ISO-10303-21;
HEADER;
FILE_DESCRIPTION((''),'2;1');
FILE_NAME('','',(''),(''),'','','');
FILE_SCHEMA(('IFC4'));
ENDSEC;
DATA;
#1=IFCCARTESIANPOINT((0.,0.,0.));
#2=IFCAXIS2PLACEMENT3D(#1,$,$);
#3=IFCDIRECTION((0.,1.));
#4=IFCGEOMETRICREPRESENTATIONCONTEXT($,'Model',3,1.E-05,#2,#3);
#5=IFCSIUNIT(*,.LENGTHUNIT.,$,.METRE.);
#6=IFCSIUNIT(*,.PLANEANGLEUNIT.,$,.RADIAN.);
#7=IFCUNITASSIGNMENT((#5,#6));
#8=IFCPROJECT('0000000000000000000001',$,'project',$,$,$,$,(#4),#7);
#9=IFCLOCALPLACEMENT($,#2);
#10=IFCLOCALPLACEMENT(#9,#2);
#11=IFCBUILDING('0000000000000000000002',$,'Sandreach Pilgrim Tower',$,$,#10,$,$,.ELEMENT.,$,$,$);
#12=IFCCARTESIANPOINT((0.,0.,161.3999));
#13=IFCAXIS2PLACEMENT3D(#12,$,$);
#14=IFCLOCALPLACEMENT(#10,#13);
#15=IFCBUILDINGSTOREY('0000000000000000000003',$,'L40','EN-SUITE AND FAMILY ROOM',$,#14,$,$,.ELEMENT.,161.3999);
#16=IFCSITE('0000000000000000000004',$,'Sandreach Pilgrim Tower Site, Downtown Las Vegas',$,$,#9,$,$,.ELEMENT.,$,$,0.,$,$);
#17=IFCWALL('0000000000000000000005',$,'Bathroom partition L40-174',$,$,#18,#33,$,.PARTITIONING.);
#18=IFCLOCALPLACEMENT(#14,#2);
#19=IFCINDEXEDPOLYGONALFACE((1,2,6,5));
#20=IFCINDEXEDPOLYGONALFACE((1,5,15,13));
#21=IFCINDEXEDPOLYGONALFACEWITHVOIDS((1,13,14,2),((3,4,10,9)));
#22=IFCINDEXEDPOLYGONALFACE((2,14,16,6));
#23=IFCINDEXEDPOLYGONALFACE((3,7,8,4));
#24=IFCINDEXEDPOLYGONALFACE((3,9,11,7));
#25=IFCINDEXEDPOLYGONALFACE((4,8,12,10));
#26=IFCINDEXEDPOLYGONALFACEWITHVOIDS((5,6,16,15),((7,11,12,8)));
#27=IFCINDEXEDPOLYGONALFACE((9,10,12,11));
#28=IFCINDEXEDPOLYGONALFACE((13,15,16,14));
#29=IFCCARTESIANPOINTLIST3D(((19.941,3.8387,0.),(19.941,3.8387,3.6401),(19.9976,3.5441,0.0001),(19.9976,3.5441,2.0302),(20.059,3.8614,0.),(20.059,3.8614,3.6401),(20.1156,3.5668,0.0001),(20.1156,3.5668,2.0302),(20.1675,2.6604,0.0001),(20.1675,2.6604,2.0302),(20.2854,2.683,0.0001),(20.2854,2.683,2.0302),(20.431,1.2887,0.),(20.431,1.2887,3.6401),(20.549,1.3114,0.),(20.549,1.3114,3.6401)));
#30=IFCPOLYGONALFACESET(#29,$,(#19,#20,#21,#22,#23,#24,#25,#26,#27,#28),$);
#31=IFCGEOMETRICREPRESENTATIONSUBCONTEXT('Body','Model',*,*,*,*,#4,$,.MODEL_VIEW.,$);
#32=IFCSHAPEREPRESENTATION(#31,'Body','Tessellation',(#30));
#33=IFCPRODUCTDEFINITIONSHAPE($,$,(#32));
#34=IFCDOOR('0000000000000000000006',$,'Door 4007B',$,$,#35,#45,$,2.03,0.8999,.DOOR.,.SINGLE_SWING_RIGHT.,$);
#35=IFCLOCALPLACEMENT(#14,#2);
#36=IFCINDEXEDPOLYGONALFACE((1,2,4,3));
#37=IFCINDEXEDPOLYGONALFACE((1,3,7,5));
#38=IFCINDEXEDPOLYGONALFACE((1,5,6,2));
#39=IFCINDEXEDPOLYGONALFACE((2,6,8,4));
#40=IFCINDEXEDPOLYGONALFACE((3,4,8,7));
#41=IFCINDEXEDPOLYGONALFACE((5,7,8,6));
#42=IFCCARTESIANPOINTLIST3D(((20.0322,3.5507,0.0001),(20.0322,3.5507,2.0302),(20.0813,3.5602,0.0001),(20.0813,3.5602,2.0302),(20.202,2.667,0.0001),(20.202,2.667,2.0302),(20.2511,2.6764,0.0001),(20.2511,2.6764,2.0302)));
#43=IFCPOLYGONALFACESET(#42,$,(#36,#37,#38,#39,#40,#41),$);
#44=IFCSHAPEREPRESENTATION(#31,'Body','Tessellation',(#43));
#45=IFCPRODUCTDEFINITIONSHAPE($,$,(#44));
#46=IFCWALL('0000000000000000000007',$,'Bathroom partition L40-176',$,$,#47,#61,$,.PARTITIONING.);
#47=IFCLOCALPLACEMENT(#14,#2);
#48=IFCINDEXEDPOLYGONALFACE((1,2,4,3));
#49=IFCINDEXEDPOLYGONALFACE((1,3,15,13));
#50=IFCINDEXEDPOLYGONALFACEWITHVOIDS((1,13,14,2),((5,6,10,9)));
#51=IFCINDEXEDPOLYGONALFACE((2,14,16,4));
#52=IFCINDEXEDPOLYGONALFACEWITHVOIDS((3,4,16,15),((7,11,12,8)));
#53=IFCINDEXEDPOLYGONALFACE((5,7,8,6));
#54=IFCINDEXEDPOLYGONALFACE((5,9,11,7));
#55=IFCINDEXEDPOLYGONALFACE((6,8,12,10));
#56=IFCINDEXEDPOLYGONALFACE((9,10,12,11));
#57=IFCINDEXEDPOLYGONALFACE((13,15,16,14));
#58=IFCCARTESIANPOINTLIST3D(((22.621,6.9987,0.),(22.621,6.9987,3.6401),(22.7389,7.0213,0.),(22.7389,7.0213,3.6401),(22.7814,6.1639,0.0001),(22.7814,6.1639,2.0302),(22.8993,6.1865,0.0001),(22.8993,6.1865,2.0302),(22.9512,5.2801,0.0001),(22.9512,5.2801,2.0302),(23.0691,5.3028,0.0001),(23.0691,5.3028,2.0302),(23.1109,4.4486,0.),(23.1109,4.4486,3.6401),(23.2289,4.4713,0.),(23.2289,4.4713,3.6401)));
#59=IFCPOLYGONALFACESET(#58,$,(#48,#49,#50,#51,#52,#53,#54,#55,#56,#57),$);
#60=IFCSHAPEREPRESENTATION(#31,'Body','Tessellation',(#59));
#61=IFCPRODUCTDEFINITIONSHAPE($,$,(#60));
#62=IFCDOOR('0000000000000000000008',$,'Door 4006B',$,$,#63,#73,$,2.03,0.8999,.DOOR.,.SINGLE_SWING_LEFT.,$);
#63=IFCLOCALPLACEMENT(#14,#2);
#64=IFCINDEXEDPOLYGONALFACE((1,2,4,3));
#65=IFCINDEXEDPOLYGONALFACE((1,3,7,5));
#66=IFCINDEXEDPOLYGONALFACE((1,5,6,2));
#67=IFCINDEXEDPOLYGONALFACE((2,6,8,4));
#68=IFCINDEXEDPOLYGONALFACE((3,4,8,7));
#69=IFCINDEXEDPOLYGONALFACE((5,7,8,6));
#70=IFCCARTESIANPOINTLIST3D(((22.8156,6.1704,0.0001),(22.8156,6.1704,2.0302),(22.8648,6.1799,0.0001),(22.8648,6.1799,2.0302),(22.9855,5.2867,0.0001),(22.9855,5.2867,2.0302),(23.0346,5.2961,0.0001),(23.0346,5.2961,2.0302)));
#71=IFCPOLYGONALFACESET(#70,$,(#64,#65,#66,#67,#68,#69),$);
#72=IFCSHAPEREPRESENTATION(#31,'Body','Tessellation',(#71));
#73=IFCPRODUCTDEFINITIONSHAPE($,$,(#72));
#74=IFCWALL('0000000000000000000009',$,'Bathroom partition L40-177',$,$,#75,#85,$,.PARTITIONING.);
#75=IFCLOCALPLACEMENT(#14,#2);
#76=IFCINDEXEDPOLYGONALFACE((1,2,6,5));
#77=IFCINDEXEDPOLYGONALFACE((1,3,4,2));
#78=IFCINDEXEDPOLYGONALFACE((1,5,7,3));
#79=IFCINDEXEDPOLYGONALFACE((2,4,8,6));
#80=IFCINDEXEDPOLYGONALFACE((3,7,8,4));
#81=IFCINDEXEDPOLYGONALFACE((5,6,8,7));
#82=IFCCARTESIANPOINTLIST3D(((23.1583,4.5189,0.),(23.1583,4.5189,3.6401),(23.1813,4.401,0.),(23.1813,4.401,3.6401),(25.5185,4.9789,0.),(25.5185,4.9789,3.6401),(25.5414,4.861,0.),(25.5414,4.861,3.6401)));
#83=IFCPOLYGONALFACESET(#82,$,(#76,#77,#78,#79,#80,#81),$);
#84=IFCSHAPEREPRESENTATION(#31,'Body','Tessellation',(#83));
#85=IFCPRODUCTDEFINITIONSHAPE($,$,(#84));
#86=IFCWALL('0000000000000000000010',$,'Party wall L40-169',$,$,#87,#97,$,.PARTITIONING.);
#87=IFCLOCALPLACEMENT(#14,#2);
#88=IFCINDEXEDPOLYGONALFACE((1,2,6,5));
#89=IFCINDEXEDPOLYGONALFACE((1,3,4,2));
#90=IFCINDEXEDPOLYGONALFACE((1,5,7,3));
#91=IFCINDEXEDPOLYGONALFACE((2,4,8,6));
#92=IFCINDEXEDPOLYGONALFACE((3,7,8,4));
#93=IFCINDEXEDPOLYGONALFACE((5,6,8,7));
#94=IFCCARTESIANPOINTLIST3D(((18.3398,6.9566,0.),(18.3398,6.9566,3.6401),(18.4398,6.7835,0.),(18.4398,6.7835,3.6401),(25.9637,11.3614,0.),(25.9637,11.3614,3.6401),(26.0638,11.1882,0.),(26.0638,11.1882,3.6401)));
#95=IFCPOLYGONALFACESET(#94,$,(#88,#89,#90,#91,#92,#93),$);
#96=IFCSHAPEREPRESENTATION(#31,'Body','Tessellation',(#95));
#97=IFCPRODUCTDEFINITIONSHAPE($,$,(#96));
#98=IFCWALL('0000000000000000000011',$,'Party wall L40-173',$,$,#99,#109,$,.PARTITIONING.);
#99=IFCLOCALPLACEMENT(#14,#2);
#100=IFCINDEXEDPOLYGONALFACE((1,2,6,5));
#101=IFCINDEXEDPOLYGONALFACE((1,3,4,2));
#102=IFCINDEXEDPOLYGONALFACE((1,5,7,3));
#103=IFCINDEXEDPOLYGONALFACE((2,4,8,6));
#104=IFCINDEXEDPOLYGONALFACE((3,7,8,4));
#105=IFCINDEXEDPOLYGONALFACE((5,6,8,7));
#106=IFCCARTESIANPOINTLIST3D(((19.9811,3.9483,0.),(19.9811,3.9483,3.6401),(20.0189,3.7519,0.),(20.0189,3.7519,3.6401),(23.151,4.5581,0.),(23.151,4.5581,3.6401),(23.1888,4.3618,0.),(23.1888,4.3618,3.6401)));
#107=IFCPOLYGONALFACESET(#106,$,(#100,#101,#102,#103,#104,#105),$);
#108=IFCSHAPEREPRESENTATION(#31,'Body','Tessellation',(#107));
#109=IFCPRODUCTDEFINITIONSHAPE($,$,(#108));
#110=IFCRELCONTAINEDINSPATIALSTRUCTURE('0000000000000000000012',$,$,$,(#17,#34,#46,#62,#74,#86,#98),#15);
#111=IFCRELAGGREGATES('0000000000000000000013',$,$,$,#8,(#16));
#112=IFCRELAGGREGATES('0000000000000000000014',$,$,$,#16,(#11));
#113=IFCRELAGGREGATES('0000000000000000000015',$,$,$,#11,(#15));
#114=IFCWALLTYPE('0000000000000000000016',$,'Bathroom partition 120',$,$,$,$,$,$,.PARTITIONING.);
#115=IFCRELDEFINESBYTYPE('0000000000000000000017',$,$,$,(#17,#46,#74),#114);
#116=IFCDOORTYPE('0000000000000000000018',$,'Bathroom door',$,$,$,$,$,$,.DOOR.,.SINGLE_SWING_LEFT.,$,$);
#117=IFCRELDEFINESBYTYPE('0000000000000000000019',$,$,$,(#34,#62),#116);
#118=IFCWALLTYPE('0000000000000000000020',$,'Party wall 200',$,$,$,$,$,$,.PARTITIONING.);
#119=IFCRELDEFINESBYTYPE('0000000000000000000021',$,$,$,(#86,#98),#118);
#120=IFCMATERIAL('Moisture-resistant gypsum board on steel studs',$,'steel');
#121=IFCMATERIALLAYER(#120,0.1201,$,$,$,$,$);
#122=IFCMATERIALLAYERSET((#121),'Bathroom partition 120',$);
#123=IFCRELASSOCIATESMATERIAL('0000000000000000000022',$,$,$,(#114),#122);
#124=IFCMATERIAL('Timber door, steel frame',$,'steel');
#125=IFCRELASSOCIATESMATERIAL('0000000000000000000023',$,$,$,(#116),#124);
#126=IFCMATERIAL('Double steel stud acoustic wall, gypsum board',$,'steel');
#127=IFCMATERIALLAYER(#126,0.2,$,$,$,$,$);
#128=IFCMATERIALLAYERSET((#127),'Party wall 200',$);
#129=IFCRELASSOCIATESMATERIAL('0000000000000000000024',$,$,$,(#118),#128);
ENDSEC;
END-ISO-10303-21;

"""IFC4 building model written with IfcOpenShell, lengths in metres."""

from ifc_helpers import new_model, si_unit, direction, frame, frame_2d, origin, place, context, subcontext, project, spatial, rectangle, extrude, material, layer, layer_set, type_object, element, fill, save


model = new_model("IFC4")

# Units and contexts
model_context = context("Model", 3, precision=1e-05, world=origin(), true_north=direction((0.0, 1.0)))
body_context = subcontext(model_context, "Body", "Model", "MODEL_VIEW")
ifc_project = project(units=[si_unit("LENGTHUNIT", "METRE"), si_unit("PLANEANGLEUNIT", "RADIAN")], contexts=[model_context])

# Site, building, storey
site_placement = place(None, origin())
site = spatial("IfcSite", under=ifc_project, at=site_placement, Name="Sandreach Pilgrim Tower Site, Downtown Las Vegas", CompositionType="ELEMENT", RefElevation=0.0)
building_placement = place(site_placement, origin())
building = spatial("IfcBuilding", under=site, at=building_placement, Name="Sandreach Pilgrim Tower", CompositionType="ELEMENT")
storey_placement = place(building_placement, frame((0.0, 0.0, 161.3999)))
storey = spatial("IfcBuildingStorey", under=building, at=storey_placement, Name="L40", Description="EN-SUITE AND FAMILY ROOM", CompositionType="ELEMENT", Elevation=161.3999)

# Shared definitions
ifc_material_1 = material(Name="Moisture-resistant gypsum board on steel studs", Category="steel")
ifc_layer_1 = layer(ifc_material_1, 0.1201)
ifc_layer_set_1 = layer_set([ifc_layer_1], Name="Bathroom partition 120")
wall_type_1 = type_object("IfcWallType", Name="Bathroom partition 120", PredefinedType="PARTITIONING", material=ifc_layer_set_1)

# Shared definitions
ifc_material_2 = material(Name="Timber door, steel frame", Category="steel")
door_type_1 = type_object("IfcDoorType", Name="Bathroom door", OperationType="SINGLE_SWING_LEFT", PredefinedType="DOOR", material=ifc_material_2)

# Walls, openings, doors
wall_1_placement = place(storey_placement, frame((20.49, 1.3, 0.0), z_axis=(0.0, 0.0, 1.0), x_axis=(-0.188697, 0.982035, 0.0)))
wall_1 = element("IfcWall", 1, at=wall_1_placement, inside=storey, type_object=wall_type_1, Name="Bathroom partition L40-174", PredefinedType="PARTITIONING", context=body_context, shape_type="SweptSolid", body=[
    extrude(rectangle(XDim=2.5967, YDim=0.1201, at=frame_2d((1.2983, 0.0))), origin(), (0.0, 0.0, 1.0), 3.6401),
])
opening_1_placement = place(wall_1_placement, frame((1.3967, 0.0, 0.0)))
opening_1 = element("IfcOpeningElement", 2, at=opening_1_placement, cuts=wall_1, PredefinedType="OPENING", context=body_context, shape_type="SweptSolid", body=[
    extrude(rectangle(XDim=0.8999, YDim=2.03, at=frame_2d((0.45, 1.0151))), frame((0.0, 0.0601, 0.0), z_axis=(0.0, -1.0, 0.0), x_axis=(1.0, 0.0, 0.0)), (0.0, 0.0, 1.0), 0.1201),
])
door_1_placement = place(opening_1_placement, origin())
door_1 = element("IfcDoor", 3, at=door_1_placement, inside=storey, type_object=door_type_1, Name="Door 4007B", OperationType="SINGLE_SWING_RIGHT", OverallHeight=2.03, OverallWidth=0.8999, PredefinedType="DOOR", context=body_context, shape_type="SweptSolid", body=[
    extrude(rectangle(XDim=0.8999, YDim=2.03, at=frame_2d((0.45, 1.0151))), frame((0.0, 0.0249, 0.0), z_axis=(0.0, -1.0, 0.0), x_axis=(1.0, 0.0, 0.0)), (0.0, 0.0, 1.0), 0.05),
])
fill(opening_1, door_1)
wall_2_placement = place(storey_placement, frame((22.6799, 7.01, 0.0), z_axis=(0.0, 0.0, 1.0), x_axis=(0.188697, -0.982035, 0.0)))
wall_2 = element("IfcWall", 4, at=wall_2_placement, inside=storey, type_object=wall_type_1, Name="Bathroom partition L40-176", PredefinedType="PARTITIONING", context=body_context, shape_type="SweptSolid", body=[
    extrude(rectangle(XDim=2.5967, YDim=0.1201, at=frame_2d((1.2983, 0.0))), origin(), (0.0, 0.0, 1.0), 3.6401),
])
opening_2_placement = place(wall_2_placement, frame((0.8501, 0.0, 0.0)))
opening_2 = element("IfcOpeningElement", 5, at=opening_2_placement, cuts=wall_2, PredefinedType="OPENING", context=body_context, shape_type="SweptSolid", body=[
    extrude(rectangle(XDim=0.8999, YDim=2.03, at=frame_2d((0.45, 1.0151))), frame((0.0, 0.0601, 0.0), z_axis=(0.0, -1.0, 0.0), x_axis=(1.0, 0.0, 0.0)), (0.0, 0.0, 1.0), 0.1201),
])
door_2_placement = place(opening_2_placement, origin())
door_2 = element("IfcDoor", 6, at=door_2_placement, inside=storey, type_object=door_type_1, Name="Door 4006B", OperationType="SINGLE_SWING_LEFT", OverallHeight=2.03, OverallWidth=0.8999, PredefinedType="DOOR", context=body_context, shape_type="SweptSolid", body=[
    extrude(rectangle(XDim=0.8999, YDim=2.03, at=frame_2d((0.45, 1.0151))), frame((0.0, 0.0249, 0.0), z_axis=(0.0, -1.0, 0.0), x_axis=(1.0, 0.0, 0.0)), (0.0, 0.0, 1.0), 0.05),
])
fill(opening_2, door_2)

# Wall
wall_3_placement = place(storey_placement, frame((23.1699, 4.46, 0.0), z_axis=(0.0, 0.0, 1.0), x_axis=(0.981533, 0.191291, 0.0)))
element("IfcWall", 7, at=wall_3_placement, inside=storey, type_object=wall_type_1, Name="Bathroom partition L40-177", PredefinedType="PARTITIONING", context=body_context, shape_type="SweptSolid", body=[
    extrude(rectangle(XDim=2.4045, YDim=0.1201, at=frame_2d((1.2021, 0.0))), origin(), (0.0, 0.0, 1.0), 3.6401),
])

# Walls
ifc_material_3 = material(Name="Double steel stud acoustic wall, gypsum board", Category="steel")
ifc_layer_2 = layer(ifc_material_3, 0.2)
ifc_layer_set_2 = layer_set([ifc_layer_2], Name="Party wall 200")
wall_type_2 = type_object("IfcWallType", Name="Party wall 200", PredefinedType="PARTITIONING", material=ifc_layer_set_2)
wall_4_placement = place(storey_placement, frame((18.3899, 6.8701, 0.0), z_axis=(0.0, 0.0, 1.0), x_axis=(0.865875, 0.50026, 0.0)))
element("IfcWall", 8, at=wall_4_placement, inside=storey, type_object=wall_type_2, Name="Party wall L40-169", PredefinedType="PARTITIONING", context=body_context, shape_type="SweptSolid", body=[
    extrude(rectangle(XDim=8.8049, YDim=0.2, at=frame_2d((4.4023, 0.0))), origin(), (0.0, 0.0, 1.0), 3.6401),
])
wall_5_placement = place(storey_placement, frame((20.0, 3.8501, 0.0), z_axis=(0.0, 0.0, 1.0), x_axis=(0.981991, 0.188926, 0.0)))
element("IfcWall", 9, at=wall_5_placement, inside=storey, type_object=wall_type_2, Name="Party wall L40-173", PredefinedType="PARTITIONING", context=body_context, shape_type="SweptSolid", body=[
    extrude(rectangle(XDim=3.228, YDim=0.2, at=frame_2d((1.614, 0.0))), origin(), (0.0, 0.0, 1.0), 3.6401),
])

save(model, "model.ifc")
